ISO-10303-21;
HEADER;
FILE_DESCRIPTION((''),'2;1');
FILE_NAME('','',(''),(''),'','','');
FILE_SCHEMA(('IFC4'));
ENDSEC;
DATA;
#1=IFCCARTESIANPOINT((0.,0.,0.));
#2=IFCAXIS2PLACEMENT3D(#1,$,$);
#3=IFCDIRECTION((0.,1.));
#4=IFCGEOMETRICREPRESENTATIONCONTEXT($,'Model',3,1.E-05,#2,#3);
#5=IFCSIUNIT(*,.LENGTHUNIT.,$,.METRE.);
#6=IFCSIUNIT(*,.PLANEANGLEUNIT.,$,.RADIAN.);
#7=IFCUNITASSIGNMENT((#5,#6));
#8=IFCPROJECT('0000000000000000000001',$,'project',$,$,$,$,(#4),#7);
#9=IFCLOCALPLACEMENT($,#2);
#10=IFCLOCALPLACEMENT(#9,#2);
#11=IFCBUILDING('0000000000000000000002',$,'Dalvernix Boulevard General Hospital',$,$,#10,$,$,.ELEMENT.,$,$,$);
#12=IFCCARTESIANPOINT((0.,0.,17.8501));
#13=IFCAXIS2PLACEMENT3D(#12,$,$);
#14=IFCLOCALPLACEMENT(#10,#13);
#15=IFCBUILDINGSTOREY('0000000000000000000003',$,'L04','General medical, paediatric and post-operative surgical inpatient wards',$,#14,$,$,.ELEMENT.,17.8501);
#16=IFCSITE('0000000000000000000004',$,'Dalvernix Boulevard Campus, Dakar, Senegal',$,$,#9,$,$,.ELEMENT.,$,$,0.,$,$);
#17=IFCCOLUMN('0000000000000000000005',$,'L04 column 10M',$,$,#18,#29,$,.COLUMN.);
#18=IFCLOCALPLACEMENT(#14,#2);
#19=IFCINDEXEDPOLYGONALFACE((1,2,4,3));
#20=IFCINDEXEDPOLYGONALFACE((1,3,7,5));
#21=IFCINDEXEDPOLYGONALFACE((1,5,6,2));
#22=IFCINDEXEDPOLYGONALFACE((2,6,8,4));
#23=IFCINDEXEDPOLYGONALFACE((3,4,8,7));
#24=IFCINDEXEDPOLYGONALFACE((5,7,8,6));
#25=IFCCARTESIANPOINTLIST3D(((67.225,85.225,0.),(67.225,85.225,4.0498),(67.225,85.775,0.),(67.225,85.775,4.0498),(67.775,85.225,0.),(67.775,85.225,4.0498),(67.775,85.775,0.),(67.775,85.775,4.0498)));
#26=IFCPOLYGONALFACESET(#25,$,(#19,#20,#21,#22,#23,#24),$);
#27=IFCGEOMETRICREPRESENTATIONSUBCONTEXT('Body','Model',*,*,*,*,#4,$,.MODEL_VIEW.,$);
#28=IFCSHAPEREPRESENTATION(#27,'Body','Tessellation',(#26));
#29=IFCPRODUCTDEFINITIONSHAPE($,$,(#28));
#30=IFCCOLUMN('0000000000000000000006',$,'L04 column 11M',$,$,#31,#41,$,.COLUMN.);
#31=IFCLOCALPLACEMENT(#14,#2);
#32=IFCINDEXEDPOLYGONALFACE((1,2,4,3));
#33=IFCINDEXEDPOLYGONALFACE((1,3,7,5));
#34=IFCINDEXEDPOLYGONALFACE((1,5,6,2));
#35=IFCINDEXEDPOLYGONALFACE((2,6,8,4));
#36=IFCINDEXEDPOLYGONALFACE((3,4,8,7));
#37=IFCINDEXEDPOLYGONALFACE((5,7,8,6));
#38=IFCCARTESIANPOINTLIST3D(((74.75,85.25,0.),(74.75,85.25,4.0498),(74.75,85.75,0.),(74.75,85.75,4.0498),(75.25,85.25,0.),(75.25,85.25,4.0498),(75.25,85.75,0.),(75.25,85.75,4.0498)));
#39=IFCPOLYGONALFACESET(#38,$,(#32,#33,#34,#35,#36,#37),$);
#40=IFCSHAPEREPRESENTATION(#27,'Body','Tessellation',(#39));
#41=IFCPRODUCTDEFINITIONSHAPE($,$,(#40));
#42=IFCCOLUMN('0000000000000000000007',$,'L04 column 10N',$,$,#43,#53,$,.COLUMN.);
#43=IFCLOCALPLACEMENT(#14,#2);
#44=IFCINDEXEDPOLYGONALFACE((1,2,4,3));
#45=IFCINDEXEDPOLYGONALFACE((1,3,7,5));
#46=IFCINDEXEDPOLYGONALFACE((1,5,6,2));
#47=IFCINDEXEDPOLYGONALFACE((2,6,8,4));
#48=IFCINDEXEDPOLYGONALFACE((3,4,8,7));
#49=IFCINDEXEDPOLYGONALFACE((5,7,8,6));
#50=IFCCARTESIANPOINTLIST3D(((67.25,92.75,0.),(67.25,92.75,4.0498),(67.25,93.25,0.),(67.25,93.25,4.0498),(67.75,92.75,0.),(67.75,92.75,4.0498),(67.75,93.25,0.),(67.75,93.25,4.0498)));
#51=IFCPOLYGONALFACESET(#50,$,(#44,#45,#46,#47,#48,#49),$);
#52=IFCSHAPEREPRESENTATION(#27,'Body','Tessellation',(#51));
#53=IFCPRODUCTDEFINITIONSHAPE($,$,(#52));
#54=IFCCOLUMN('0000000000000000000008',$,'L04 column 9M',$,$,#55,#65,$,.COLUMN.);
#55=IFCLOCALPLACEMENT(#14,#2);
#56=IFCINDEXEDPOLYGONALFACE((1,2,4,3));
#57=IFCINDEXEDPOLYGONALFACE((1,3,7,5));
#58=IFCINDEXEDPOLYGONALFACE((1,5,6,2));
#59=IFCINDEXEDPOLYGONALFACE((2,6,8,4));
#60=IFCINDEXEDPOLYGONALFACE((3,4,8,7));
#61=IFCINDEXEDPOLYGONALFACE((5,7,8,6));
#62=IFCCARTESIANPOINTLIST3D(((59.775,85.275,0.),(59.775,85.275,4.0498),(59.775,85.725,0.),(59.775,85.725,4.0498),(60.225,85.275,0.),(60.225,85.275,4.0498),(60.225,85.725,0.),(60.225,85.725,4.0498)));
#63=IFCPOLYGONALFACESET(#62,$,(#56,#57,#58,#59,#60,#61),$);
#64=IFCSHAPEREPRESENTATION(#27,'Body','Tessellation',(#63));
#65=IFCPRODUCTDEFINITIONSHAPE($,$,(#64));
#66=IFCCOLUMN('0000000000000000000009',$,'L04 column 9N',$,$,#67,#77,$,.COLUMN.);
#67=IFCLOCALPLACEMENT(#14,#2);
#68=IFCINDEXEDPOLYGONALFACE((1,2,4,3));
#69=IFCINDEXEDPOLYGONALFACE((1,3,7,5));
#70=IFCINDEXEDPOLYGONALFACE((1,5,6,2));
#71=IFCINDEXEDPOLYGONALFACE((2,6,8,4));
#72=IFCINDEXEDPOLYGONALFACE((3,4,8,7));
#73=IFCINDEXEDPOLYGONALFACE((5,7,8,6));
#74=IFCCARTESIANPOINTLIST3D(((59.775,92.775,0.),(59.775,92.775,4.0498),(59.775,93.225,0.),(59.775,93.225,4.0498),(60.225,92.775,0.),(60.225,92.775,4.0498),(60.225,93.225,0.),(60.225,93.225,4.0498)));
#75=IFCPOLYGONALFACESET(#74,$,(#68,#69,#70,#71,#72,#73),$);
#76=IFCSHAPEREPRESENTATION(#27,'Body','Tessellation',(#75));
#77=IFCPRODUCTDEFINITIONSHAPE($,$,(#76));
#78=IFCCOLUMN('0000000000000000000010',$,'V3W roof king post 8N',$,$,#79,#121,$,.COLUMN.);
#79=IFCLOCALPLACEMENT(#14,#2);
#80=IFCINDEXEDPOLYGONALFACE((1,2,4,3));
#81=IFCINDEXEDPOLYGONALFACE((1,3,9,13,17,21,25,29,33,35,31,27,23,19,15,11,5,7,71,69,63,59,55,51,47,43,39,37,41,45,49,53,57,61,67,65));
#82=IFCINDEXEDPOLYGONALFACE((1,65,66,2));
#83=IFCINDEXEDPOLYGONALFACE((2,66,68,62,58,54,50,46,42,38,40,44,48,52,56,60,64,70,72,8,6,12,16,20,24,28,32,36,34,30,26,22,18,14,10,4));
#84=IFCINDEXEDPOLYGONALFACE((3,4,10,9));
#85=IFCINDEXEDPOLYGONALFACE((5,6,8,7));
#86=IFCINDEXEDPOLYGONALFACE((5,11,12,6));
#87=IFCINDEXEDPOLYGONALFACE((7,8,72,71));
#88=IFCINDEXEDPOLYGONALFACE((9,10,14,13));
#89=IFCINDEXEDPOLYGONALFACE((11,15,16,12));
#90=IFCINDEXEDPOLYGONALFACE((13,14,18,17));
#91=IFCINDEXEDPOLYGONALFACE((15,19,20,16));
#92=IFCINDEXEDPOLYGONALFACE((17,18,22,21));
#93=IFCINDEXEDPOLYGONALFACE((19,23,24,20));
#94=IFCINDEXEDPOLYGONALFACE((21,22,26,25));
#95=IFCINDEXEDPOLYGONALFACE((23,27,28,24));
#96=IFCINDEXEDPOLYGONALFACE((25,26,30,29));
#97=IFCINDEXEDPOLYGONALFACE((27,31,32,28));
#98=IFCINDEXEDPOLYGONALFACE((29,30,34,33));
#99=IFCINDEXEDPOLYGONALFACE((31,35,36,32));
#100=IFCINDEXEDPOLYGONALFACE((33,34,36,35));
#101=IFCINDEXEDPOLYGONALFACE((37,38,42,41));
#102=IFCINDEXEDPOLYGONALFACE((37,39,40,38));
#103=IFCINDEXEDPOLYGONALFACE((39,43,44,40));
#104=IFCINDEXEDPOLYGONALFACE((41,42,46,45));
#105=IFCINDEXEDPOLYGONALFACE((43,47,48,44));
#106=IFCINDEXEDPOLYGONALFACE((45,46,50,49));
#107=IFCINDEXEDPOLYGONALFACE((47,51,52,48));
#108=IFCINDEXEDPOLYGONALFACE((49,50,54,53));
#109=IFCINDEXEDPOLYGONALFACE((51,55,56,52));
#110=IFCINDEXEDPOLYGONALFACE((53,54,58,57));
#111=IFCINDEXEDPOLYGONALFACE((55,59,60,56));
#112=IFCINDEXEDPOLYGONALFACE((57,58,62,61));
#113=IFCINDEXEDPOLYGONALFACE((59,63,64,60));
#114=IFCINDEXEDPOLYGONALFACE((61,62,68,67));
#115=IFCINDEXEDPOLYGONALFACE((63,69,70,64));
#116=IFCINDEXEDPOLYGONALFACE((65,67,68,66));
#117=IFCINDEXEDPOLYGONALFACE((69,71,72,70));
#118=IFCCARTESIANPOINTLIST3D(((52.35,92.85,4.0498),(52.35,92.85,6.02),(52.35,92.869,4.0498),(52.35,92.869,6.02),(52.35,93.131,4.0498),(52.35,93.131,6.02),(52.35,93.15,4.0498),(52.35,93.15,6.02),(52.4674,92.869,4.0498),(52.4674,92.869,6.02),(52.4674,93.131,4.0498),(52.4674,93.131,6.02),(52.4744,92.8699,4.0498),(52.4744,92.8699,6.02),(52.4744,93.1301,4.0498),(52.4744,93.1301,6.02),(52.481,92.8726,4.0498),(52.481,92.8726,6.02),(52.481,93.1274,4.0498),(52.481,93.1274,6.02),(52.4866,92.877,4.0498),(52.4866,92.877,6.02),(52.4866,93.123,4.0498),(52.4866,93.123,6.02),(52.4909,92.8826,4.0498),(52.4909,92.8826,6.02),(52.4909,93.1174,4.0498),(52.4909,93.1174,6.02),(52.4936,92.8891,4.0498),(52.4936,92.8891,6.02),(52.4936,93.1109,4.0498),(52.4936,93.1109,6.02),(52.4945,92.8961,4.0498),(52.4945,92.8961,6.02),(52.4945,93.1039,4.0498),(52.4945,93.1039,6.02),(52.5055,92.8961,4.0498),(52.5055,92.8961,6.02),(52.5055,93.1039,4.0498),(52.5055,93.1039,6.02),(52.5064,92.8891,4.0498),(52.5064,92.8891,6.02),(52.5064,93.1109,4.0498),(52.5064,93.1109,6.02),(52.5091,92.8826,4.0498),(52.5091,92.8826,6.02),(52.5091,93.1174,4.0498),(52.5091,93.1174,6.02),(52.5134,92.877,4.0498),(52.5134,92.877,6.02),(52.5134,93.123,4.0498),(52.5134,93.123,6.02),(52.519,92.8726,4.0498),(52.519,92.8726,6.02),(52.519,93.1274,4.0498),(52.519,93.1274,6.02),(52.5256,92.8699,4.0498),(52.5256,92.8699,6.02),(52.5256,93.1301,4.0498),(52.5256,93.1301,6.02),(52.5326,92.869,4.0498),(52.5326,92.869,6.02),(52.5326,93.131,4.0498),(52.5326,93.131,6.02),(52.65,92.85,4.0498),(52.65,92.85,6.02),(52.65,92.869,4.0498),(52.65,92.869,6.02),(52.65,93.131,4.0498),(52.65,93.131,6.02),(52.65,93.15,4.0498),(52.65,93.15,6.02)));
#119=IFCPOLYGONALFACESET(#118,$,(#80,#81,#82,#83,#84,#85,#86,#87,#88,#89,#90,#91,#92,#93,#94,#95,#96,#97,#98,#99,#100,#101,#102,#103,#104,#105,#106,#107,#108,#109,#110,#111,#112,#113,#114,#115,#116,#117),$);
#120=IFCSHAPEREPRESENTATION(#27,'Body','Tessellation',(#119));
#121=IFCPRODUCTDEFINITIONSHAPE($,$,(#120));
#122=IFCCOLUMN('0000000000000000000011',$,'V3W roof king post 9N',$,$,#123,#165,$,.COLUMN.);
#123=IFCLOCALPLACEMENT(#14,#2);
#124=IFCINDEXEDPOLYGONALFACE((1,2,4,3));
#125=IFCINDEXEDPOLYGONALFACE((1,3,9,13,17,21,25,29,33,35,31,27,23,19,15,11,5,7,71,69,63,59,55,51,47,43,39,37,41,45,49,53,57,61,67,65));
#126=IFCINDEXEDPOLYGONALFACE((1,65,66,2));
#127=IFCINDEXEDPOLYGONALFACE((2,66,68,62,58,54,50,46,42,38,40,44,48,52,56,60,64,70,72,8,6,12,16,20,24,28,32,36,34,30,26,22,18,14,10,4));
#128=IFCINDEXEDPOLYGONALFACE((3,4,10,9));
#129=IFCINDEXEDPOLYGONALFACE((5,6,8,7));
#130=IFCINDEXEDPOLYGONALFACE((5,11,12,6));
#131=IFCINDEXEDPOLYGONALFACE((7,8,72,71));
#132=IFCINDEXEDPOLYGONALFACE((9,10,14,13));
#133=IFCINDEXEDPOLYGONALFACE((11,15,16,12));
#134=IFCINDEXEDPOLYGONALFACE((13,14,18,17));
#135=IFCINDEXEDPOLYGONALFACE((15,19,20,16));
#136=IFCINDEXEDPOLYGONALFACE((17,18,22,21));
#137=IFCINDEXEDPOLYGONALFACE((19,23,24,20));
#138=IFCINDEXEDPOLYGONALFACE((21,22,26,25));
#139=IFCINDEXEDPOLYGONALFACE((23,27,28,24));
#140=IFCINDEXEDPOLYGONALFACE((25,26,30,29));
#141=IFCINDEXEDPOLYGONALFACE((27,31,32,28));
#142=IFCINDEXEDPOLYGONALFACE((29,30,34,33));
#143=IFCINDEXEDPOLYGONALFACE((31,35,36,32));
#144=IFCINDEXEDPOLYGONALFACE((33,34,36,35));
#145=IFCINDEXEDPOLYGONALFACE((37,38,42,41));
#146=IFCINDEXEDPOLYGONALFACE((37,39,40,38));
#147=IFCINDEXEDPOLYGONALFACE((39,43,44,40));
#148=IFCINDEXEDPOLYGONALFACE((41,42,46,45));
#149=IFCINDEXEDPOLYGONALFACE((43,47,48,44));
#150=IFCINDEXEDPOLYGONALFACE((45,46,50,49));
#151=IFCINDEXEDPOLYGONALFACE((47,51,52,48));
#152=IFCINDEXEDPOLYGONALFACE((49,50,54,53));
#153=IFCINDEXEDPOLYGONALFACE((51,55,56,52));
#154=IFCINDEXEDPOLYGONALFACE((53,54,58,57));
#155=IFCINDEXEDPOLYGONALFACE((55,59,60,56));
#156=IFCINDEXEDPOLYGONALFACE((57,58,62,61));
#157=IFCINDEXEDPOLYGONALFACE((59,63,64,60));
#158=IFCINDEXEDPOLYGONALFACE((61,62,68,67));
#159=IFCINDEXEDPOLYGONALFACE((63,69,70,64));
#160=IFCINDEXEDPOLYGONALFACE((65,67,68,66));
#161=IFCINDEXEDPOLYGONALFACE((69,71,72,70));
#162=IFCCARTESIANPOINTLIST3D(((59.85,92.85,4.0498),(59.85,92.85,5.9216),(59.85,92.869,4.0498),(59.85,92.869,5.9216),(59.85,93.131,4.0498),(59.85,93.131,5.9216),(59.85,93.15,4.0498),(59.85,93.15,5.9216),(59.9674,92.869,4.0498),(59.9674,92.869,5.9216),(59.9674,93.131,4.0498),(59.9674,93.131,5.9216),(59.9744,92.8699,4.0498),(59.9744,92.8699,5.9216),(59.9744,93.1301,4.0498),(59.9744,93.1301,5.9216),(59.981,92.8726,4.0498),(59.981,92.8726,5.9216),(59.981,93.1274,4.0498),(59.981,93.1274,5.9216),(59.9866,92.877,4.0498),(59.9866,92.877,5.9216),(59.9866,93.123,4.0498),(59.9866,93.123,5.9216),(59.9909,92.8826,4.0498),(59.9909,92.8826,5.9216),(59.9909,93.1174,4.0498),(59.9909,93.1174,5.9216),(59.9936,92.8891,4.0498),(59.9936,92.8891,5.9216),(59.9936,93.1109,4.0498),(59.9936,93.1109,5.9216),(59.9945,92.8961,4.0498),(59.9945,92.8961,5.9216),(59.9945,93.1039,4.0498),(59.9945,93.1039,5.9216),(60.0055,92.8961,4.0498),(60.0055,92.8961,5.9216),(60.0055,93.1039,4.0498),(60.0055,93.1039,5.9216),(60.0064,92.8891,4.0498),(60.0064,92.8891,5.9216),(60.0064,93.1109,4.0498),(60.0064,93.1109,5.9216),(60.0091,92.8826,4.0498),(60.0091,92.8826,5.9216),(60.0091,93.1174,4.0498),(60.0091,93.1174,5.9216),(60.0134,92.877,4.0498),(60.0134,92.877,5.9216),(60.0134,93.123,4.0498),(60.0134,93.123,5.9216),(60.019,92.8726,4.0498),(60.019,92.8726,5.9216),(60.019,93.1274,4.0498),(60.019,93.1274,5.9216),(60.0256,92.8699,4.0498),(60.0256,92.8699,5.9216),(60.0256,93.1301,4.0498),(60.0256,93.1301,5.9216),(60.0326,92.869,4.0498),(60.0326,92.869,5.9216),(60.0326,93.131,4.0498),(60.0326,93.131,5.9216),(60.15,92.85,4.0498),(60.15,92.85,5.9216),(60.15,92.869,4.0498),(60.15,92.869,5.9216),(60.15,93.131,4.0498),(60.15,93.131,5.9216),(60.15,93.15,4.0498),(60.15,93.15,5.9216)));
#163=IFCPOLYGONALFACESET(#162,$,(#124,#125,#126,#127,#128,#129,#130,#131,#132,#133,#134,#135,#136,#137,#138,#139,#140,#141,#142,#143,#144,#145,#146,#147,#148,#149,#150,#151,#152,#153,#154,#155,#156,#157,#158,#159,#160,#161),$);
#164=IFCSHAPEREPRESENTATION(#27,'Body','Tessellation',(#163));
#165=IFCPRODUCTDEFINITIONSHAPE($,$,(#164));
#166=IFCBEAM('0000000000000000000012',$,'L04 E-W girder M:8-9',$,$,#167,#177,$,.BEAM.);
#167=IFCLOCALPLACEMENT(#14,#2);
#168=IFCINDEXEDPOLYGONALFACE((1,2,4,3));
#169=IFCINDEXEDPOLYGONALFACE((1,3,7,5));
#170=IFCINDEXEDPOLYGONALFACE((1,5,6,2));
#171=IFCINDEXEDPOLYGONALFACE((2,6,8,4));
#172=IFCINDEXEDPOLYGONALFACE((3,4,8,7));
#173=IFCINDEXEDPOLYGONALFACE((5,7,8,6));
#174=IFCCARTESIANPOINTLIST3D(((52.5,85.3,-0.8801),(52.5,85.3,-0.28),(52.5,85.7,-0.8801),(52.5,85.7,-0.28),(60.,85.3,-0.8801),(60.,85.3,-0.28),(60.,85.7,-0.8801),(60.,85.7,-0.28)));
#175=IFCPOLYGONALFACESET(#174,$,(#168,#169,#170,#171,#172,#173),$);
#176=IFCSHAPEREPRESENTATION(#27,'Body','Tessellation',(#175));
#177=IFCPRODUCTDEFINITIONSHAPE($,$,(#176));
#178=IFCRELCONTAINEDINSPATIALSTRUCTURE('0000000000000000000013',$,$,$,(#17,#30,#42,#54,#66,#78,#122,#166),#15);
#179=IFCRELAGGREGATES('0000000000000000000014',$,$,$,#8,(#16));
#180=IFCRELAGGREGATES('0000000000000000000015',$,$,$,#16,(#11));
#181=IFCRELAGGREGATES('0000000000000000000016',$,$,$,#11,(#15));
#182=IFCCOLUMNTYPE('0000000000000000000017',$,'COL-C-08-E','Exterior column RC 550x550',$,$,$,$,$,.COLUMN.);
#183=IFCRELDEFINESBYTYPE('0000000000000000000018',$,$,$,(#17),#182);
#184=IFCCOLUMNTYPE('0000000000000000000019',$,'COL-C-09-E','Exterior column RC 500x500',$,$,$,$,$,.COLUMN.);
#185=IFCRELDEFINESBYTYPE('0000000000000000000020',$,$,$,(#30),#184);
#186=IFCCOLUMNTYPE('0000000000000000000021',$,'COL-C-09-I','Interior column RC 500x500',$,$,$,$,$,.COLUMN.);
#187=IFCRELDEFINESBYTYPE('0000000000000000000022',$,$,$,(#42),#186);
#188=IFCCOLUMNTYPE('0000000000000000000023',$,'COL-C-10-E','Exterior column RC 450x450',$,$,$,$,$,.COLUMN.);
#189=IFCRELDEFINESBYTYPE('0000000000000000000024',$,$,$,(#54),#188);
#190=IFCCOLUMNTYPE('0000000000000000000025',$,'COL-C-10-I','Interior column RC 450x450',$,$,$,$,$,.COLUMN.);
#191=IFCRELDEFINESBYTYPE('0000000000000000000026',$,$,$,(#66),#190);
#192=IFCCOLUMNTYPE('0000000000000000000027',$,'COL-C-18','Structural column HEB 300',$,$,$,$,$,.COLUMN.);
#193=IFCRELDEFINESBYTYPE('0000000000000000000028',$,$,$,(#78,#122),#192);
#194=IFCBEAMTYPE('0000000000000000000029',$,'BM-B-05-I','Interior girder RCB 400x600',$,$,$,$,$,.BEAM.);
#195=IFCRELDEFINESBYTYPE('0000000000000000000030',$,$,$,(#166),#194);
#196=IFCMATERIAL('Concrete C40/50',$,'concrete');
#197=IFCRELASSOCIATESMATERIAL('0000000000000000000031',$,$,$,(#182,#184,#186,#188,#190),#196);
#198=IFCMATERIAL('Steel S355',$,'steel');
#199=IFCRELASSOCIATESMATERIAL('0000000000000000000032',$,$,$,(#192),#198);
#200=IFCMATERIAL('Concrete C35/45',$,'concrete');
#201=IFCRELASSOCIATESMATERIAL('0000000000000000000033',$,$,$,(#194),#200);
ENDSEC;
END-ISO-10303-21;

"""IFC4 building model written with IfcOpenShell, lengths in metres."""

from ifc_helpers import new_model, si_unit, direction, frame, origin, origin_2d, place, context, subcontext, project, spatial, rectangle, i_section, extrude, material, material_profile, profile_set, type_object, element, save


model = new_model("IFC4")

# Units and contexts
model_context = context("Model", 3, precision=1e-05, world=origin(), true_north=direction((0.0, 1.0)))
body_context = subcontext(model_context, "Body", "Model", "MODEL_VIEW")
ifc_project = project(units=[si_unit("LENGTHUNIT", "METRE"), si_unit("PLANEANGLEUNIT", "RADIAN")], contexts=[model_context])

# Site, building, storey
site_placement = place(None, origin())
site = spatial("IfcSite", under=ifc_project, at=site_placement, Name="Dalvernix Boulevard Campus, Dakar, Senegal", CompositionType="ELEMENT", RefElevation=0.0)
building_placement = place(site_placement, origin())
building = spatial("IfcBuilding", under=site, at=building_placement, Name="Dalvernix Boulevard General Hospital", CompositionType="ELEMENT")
storey_placement = place(building_placement, frame((0.0, 0.0, 17.8501)))
storey = spatial("IfcBuildingStorey", under=building, at=storey_placement, Name="L04", Description="General medical, paediatric and post-operative surgical inpatient wards", CompositionType="ELEMENT", Elevation=17.8501)

# Columns
ifc_material_1 = material(Name="Concrete C40/50", Category="concrete")
ifc_material_profile_1 = material_profile(ifc_material_1, rectangle(XDim=0.55, YDim=0.55, at=origin_2d()), Name="RC 550x550")
ifc_profile_set_1 = profile_set([ifc_material_profile_1], Name="Concrete C40/50")
column_type_1 = type_object("IfcColumnType", Name="COL-C-08-E", Description="Exterior column RC 550x550", PredefinedType="COLUMN", material=ifc_profile_set_1)
column_1_placement = place(storey_placement, frame((67.5, 85.5, 0.0), z_axis=(0.0, 0.0, 1.0), x_axis=(1.0, 0.0, 0.0)))
element("IfcColumn", 1, at=column_1_placement, inside=storey, type_object=column_type_1, Name="L04 column 10M", PredefinedType="COLUMN", context=body_context, shape_type="SweptSolid", body=[
    extrude(rectangle(XDim=0.55, YDim=0.55, at=origin_2d()), origin(), (0.0, 0.0, 1.0), 4.0498),
])
ifc_material_profile_2 = material_profile(ifc_material_1, rectangle(XDim=0.5, YDim=0.5, at=origin_2d()), Name="RC 500x500")
ifc_profile_set_2 = profile_set([ifc_material_profile_2], Name="Concrete C40/50")
column_type_2 = type_object("IfcColumnType", Name="COL-C-09-E", Description="Exterior column RC 500x500", PredefinedType="COLUMN", material=ifc_profile_set_2)
column_2_placement = place(storey_placement, frame((75.0, 85.5, 0.0), z_axis=(0.0, 0.0, 1.0), x_axis=(1.0, 0.0, 0.0)))
element("IfcColumn", 2, at=column_2_placement, inside=storey, type_object=column_type_2, Name="L04 column 11M", PredefinedType="COLUMN", context=body_context, shape_type="SweptSolid", body=[
    extrude(rectangle(XDim=0.5, YDim=0.5, at=origin_2d()), origin(), (0.0, 0.0, 1.0), 4.0498),
])
ifc_material_profile_3 = material_profile(ifc_material_1, rectangle(XDim=0.5, YDim=0.5, at=origin_2d()), Name="RC 500x500")
ifc_profile_set_3 = profile_set([ifc_material_profile_3], Name="Concrete C40/50")
column_type_3 = type_object("IfcColumnType", Name="COL-C-09-I", Description="Interior column RC 500x500", PredefinedType="COLUMN", material=ifc_profile_set_3)
column_3_placement = place(storey_placement, frame((67.5, 93.0, 0.0), z_axis=(0.0, 0.0, 1.0), x_axis=(1.0, 0.0, 0.0)))
element("IfcColumn", 3, at=column_3_placement, inside=storey, type_object=column_type_3, Name="L04 column 10N", PredefinedType="COLUMN", context=body_context, shape_type="SweptSolid", body=[
    extrude(rectangle(XDim=0.5, YDim=0.5, at=origin_2d()), origin(), (0.0, 0.0, 1.0), 4.0498),
])
ifc_material_profile_4 = material_profile(ifc_material_1, rectangle(XDim=0.45, YDim=0.45, at=origin_2d()), Name="RC 450x450")
ifc_profile_set_4 = profile_set([ifc_material_profile_4], Name="Concrete C40/50")
column_type_4 = type_object("IfcColumnType", Name="COL-C-10-E", Description="Exterior column RC 450x450", PredefinedType="COLUMN", material=ifc_profile_set_4)
column_4_placement = place(storey_placement, frame((60.0, 85.5, 0.0), z_axis=(0.0, 0.0, 1.0), x_axis=(1.0, 0.0, 0.0)))
element("IfcColumn", 4, at=column_4_placement, inside=storey, type_object=column_type_4, Name="L04 column 9M", PredefinedType="COLUMN", context=body_context, shape_type="SweptSolid", body=[
    extrude(rectangle(XDim=0.45, YDim=0.45, at=origin_2d()), origin(), (0.0, 0.0, 1.0), 4.0498),
])
ifc_material_profile_5 = material_profile(ifc_material_1, rectangle(XDim=0.45, YDim=0.45, at=origin_2d()), Name="RC 450x450")
ifc_profile_set_5 = profile_set([ifc_material_profile_5], Name="Concrete C40/50")
column_type_5 = type_object("IfcColumnType", Name="COL-C-10-I", Description="Interior column RC 450x450", PredefinedType="COLUMN", material=ifc_profile_set_5)
column_5_placement = place(storey_placement, frame((60.0, 93.0, 0.0), z_axis=(0.0, 0.0, 1.0), x_axis=(1.0, 0.0, 0.0)))
element("IfcColumn", 5, at=column_5_placement, inside=storey, type_object=column_type_5, Name="L04 column 9N", PredefinedType="COLUMN", context=body_context, shape_type="SweptSolid", body=[
    extrude(rectangle(XDim=0.45, YDim=0.45, at=origin_2d()), origin(), (0.0, 0.0, 1.0), 4.0498),
])
ifc_material_2 = material(Name="Steel S355", Category="steel")
ifc_material_profile_6 = material_profile(ifc_material_2, i_section(OverallWidth=0.3, OverallDepth=0.3, WebThickness=0.011, FlangeThickness=0.019, FilletRadius=0.0271, at=origin_2d()), Name="HEB 300")
ifc_profile_set_6 = profile_set([ifc_material_profile_6], Name="Steel S355")
column_type_6 = type_object("IfcColumnType", Name="COL-C-18", Description="Structural column HEB 300", PredefinedType="COLUMN", material=ifc_profile_set_6)
column_6_placement = place(storey_placement, frame((52.5, 93.0, 4.0498), z_axis=(0.0, 0.0, 1.0), x_axis=(1.0, 0.0, 0.0)))
element("IfcColumn", 6, at=column_6_placement, inside=storey, type_object=column_type_6, Name="V3W roof king post 8N", PredefinedType="COLUMN", context=body_context, shape_type="SweptSolid", body=[
    extrude(i_section(OverallWidth=0.3, OverallDepth=0.3, WebThickness=0.011, FlangeThickness=0.019, FilletRadius=0.0271, at=origin_2d()), origin(), (0.0, 0.0, 1.0), 1.9702),
])
column_7_placement = place(storey_placement, frame((60.0, 93.0, 4.0498), z_axis=(0.0, 0.0, 1.0), x_axis=(1.0, 0.0, 0.0)))
element("IfcColumn", 7, at=column_7_placement, inside=storey, type_object=column_type_6, Name="V3W roof king post 9N", PredefinedType="COLUMN", context=body_context, shape_type="SweptSolid", body=[
    extrude(i_section(OverallWidth=0.3, OverallDepth=0.3, WebThickness=0.011, FlangeThickness=0.019, FilletRadius=0.0271, at=origin_2d()), origin(), (0.0, 0.0, 1.0), 1.8718),
])

# Beam
ifc_material_3 = material(Name="Concrete C35/45", Category="concrete")
ifc_material_profile_7 = material_profile(ifc_material_3, rectangle(XDim=0.3999, YDim=0.6001, at=origin_2d()), Name="RCB 400x600")
ifc_profile_set_7 = profile_set([ifc_material_profile_7], Name="Concrete C35/45")
beam_type_1 = type_object("IfcBeamType", Name="BM-B-05-I", Description="Interior girder RCB 400x600", PredefinedType="BEAM", material=ifc_profile_set_7)
for number, where, z_axis, x_axis, name in (
    (8, (52.5, 85.5, -0.5801), (1.0, 0.0, 0.0), (0.0, 1.0, 0.0), "L04 E-W girder M:8-9"),
):
    element("IfcBeam", number, at=place(storey_placement, frame(where, z_axis=z_axis, x_axis=x_axis)), inside=storey, type_object=beam_type_1, Name=name, PredefinedType="BEAM", context=body_context, shape_type="SweptSolid", body=[
        extrude(rectangle(XDim=0.3999, YDim=0.6001, at=origin_2d()), origin(), (0.0, 0.0, 1.0), 7.5),
    ])

save(model, "model.ifc")
